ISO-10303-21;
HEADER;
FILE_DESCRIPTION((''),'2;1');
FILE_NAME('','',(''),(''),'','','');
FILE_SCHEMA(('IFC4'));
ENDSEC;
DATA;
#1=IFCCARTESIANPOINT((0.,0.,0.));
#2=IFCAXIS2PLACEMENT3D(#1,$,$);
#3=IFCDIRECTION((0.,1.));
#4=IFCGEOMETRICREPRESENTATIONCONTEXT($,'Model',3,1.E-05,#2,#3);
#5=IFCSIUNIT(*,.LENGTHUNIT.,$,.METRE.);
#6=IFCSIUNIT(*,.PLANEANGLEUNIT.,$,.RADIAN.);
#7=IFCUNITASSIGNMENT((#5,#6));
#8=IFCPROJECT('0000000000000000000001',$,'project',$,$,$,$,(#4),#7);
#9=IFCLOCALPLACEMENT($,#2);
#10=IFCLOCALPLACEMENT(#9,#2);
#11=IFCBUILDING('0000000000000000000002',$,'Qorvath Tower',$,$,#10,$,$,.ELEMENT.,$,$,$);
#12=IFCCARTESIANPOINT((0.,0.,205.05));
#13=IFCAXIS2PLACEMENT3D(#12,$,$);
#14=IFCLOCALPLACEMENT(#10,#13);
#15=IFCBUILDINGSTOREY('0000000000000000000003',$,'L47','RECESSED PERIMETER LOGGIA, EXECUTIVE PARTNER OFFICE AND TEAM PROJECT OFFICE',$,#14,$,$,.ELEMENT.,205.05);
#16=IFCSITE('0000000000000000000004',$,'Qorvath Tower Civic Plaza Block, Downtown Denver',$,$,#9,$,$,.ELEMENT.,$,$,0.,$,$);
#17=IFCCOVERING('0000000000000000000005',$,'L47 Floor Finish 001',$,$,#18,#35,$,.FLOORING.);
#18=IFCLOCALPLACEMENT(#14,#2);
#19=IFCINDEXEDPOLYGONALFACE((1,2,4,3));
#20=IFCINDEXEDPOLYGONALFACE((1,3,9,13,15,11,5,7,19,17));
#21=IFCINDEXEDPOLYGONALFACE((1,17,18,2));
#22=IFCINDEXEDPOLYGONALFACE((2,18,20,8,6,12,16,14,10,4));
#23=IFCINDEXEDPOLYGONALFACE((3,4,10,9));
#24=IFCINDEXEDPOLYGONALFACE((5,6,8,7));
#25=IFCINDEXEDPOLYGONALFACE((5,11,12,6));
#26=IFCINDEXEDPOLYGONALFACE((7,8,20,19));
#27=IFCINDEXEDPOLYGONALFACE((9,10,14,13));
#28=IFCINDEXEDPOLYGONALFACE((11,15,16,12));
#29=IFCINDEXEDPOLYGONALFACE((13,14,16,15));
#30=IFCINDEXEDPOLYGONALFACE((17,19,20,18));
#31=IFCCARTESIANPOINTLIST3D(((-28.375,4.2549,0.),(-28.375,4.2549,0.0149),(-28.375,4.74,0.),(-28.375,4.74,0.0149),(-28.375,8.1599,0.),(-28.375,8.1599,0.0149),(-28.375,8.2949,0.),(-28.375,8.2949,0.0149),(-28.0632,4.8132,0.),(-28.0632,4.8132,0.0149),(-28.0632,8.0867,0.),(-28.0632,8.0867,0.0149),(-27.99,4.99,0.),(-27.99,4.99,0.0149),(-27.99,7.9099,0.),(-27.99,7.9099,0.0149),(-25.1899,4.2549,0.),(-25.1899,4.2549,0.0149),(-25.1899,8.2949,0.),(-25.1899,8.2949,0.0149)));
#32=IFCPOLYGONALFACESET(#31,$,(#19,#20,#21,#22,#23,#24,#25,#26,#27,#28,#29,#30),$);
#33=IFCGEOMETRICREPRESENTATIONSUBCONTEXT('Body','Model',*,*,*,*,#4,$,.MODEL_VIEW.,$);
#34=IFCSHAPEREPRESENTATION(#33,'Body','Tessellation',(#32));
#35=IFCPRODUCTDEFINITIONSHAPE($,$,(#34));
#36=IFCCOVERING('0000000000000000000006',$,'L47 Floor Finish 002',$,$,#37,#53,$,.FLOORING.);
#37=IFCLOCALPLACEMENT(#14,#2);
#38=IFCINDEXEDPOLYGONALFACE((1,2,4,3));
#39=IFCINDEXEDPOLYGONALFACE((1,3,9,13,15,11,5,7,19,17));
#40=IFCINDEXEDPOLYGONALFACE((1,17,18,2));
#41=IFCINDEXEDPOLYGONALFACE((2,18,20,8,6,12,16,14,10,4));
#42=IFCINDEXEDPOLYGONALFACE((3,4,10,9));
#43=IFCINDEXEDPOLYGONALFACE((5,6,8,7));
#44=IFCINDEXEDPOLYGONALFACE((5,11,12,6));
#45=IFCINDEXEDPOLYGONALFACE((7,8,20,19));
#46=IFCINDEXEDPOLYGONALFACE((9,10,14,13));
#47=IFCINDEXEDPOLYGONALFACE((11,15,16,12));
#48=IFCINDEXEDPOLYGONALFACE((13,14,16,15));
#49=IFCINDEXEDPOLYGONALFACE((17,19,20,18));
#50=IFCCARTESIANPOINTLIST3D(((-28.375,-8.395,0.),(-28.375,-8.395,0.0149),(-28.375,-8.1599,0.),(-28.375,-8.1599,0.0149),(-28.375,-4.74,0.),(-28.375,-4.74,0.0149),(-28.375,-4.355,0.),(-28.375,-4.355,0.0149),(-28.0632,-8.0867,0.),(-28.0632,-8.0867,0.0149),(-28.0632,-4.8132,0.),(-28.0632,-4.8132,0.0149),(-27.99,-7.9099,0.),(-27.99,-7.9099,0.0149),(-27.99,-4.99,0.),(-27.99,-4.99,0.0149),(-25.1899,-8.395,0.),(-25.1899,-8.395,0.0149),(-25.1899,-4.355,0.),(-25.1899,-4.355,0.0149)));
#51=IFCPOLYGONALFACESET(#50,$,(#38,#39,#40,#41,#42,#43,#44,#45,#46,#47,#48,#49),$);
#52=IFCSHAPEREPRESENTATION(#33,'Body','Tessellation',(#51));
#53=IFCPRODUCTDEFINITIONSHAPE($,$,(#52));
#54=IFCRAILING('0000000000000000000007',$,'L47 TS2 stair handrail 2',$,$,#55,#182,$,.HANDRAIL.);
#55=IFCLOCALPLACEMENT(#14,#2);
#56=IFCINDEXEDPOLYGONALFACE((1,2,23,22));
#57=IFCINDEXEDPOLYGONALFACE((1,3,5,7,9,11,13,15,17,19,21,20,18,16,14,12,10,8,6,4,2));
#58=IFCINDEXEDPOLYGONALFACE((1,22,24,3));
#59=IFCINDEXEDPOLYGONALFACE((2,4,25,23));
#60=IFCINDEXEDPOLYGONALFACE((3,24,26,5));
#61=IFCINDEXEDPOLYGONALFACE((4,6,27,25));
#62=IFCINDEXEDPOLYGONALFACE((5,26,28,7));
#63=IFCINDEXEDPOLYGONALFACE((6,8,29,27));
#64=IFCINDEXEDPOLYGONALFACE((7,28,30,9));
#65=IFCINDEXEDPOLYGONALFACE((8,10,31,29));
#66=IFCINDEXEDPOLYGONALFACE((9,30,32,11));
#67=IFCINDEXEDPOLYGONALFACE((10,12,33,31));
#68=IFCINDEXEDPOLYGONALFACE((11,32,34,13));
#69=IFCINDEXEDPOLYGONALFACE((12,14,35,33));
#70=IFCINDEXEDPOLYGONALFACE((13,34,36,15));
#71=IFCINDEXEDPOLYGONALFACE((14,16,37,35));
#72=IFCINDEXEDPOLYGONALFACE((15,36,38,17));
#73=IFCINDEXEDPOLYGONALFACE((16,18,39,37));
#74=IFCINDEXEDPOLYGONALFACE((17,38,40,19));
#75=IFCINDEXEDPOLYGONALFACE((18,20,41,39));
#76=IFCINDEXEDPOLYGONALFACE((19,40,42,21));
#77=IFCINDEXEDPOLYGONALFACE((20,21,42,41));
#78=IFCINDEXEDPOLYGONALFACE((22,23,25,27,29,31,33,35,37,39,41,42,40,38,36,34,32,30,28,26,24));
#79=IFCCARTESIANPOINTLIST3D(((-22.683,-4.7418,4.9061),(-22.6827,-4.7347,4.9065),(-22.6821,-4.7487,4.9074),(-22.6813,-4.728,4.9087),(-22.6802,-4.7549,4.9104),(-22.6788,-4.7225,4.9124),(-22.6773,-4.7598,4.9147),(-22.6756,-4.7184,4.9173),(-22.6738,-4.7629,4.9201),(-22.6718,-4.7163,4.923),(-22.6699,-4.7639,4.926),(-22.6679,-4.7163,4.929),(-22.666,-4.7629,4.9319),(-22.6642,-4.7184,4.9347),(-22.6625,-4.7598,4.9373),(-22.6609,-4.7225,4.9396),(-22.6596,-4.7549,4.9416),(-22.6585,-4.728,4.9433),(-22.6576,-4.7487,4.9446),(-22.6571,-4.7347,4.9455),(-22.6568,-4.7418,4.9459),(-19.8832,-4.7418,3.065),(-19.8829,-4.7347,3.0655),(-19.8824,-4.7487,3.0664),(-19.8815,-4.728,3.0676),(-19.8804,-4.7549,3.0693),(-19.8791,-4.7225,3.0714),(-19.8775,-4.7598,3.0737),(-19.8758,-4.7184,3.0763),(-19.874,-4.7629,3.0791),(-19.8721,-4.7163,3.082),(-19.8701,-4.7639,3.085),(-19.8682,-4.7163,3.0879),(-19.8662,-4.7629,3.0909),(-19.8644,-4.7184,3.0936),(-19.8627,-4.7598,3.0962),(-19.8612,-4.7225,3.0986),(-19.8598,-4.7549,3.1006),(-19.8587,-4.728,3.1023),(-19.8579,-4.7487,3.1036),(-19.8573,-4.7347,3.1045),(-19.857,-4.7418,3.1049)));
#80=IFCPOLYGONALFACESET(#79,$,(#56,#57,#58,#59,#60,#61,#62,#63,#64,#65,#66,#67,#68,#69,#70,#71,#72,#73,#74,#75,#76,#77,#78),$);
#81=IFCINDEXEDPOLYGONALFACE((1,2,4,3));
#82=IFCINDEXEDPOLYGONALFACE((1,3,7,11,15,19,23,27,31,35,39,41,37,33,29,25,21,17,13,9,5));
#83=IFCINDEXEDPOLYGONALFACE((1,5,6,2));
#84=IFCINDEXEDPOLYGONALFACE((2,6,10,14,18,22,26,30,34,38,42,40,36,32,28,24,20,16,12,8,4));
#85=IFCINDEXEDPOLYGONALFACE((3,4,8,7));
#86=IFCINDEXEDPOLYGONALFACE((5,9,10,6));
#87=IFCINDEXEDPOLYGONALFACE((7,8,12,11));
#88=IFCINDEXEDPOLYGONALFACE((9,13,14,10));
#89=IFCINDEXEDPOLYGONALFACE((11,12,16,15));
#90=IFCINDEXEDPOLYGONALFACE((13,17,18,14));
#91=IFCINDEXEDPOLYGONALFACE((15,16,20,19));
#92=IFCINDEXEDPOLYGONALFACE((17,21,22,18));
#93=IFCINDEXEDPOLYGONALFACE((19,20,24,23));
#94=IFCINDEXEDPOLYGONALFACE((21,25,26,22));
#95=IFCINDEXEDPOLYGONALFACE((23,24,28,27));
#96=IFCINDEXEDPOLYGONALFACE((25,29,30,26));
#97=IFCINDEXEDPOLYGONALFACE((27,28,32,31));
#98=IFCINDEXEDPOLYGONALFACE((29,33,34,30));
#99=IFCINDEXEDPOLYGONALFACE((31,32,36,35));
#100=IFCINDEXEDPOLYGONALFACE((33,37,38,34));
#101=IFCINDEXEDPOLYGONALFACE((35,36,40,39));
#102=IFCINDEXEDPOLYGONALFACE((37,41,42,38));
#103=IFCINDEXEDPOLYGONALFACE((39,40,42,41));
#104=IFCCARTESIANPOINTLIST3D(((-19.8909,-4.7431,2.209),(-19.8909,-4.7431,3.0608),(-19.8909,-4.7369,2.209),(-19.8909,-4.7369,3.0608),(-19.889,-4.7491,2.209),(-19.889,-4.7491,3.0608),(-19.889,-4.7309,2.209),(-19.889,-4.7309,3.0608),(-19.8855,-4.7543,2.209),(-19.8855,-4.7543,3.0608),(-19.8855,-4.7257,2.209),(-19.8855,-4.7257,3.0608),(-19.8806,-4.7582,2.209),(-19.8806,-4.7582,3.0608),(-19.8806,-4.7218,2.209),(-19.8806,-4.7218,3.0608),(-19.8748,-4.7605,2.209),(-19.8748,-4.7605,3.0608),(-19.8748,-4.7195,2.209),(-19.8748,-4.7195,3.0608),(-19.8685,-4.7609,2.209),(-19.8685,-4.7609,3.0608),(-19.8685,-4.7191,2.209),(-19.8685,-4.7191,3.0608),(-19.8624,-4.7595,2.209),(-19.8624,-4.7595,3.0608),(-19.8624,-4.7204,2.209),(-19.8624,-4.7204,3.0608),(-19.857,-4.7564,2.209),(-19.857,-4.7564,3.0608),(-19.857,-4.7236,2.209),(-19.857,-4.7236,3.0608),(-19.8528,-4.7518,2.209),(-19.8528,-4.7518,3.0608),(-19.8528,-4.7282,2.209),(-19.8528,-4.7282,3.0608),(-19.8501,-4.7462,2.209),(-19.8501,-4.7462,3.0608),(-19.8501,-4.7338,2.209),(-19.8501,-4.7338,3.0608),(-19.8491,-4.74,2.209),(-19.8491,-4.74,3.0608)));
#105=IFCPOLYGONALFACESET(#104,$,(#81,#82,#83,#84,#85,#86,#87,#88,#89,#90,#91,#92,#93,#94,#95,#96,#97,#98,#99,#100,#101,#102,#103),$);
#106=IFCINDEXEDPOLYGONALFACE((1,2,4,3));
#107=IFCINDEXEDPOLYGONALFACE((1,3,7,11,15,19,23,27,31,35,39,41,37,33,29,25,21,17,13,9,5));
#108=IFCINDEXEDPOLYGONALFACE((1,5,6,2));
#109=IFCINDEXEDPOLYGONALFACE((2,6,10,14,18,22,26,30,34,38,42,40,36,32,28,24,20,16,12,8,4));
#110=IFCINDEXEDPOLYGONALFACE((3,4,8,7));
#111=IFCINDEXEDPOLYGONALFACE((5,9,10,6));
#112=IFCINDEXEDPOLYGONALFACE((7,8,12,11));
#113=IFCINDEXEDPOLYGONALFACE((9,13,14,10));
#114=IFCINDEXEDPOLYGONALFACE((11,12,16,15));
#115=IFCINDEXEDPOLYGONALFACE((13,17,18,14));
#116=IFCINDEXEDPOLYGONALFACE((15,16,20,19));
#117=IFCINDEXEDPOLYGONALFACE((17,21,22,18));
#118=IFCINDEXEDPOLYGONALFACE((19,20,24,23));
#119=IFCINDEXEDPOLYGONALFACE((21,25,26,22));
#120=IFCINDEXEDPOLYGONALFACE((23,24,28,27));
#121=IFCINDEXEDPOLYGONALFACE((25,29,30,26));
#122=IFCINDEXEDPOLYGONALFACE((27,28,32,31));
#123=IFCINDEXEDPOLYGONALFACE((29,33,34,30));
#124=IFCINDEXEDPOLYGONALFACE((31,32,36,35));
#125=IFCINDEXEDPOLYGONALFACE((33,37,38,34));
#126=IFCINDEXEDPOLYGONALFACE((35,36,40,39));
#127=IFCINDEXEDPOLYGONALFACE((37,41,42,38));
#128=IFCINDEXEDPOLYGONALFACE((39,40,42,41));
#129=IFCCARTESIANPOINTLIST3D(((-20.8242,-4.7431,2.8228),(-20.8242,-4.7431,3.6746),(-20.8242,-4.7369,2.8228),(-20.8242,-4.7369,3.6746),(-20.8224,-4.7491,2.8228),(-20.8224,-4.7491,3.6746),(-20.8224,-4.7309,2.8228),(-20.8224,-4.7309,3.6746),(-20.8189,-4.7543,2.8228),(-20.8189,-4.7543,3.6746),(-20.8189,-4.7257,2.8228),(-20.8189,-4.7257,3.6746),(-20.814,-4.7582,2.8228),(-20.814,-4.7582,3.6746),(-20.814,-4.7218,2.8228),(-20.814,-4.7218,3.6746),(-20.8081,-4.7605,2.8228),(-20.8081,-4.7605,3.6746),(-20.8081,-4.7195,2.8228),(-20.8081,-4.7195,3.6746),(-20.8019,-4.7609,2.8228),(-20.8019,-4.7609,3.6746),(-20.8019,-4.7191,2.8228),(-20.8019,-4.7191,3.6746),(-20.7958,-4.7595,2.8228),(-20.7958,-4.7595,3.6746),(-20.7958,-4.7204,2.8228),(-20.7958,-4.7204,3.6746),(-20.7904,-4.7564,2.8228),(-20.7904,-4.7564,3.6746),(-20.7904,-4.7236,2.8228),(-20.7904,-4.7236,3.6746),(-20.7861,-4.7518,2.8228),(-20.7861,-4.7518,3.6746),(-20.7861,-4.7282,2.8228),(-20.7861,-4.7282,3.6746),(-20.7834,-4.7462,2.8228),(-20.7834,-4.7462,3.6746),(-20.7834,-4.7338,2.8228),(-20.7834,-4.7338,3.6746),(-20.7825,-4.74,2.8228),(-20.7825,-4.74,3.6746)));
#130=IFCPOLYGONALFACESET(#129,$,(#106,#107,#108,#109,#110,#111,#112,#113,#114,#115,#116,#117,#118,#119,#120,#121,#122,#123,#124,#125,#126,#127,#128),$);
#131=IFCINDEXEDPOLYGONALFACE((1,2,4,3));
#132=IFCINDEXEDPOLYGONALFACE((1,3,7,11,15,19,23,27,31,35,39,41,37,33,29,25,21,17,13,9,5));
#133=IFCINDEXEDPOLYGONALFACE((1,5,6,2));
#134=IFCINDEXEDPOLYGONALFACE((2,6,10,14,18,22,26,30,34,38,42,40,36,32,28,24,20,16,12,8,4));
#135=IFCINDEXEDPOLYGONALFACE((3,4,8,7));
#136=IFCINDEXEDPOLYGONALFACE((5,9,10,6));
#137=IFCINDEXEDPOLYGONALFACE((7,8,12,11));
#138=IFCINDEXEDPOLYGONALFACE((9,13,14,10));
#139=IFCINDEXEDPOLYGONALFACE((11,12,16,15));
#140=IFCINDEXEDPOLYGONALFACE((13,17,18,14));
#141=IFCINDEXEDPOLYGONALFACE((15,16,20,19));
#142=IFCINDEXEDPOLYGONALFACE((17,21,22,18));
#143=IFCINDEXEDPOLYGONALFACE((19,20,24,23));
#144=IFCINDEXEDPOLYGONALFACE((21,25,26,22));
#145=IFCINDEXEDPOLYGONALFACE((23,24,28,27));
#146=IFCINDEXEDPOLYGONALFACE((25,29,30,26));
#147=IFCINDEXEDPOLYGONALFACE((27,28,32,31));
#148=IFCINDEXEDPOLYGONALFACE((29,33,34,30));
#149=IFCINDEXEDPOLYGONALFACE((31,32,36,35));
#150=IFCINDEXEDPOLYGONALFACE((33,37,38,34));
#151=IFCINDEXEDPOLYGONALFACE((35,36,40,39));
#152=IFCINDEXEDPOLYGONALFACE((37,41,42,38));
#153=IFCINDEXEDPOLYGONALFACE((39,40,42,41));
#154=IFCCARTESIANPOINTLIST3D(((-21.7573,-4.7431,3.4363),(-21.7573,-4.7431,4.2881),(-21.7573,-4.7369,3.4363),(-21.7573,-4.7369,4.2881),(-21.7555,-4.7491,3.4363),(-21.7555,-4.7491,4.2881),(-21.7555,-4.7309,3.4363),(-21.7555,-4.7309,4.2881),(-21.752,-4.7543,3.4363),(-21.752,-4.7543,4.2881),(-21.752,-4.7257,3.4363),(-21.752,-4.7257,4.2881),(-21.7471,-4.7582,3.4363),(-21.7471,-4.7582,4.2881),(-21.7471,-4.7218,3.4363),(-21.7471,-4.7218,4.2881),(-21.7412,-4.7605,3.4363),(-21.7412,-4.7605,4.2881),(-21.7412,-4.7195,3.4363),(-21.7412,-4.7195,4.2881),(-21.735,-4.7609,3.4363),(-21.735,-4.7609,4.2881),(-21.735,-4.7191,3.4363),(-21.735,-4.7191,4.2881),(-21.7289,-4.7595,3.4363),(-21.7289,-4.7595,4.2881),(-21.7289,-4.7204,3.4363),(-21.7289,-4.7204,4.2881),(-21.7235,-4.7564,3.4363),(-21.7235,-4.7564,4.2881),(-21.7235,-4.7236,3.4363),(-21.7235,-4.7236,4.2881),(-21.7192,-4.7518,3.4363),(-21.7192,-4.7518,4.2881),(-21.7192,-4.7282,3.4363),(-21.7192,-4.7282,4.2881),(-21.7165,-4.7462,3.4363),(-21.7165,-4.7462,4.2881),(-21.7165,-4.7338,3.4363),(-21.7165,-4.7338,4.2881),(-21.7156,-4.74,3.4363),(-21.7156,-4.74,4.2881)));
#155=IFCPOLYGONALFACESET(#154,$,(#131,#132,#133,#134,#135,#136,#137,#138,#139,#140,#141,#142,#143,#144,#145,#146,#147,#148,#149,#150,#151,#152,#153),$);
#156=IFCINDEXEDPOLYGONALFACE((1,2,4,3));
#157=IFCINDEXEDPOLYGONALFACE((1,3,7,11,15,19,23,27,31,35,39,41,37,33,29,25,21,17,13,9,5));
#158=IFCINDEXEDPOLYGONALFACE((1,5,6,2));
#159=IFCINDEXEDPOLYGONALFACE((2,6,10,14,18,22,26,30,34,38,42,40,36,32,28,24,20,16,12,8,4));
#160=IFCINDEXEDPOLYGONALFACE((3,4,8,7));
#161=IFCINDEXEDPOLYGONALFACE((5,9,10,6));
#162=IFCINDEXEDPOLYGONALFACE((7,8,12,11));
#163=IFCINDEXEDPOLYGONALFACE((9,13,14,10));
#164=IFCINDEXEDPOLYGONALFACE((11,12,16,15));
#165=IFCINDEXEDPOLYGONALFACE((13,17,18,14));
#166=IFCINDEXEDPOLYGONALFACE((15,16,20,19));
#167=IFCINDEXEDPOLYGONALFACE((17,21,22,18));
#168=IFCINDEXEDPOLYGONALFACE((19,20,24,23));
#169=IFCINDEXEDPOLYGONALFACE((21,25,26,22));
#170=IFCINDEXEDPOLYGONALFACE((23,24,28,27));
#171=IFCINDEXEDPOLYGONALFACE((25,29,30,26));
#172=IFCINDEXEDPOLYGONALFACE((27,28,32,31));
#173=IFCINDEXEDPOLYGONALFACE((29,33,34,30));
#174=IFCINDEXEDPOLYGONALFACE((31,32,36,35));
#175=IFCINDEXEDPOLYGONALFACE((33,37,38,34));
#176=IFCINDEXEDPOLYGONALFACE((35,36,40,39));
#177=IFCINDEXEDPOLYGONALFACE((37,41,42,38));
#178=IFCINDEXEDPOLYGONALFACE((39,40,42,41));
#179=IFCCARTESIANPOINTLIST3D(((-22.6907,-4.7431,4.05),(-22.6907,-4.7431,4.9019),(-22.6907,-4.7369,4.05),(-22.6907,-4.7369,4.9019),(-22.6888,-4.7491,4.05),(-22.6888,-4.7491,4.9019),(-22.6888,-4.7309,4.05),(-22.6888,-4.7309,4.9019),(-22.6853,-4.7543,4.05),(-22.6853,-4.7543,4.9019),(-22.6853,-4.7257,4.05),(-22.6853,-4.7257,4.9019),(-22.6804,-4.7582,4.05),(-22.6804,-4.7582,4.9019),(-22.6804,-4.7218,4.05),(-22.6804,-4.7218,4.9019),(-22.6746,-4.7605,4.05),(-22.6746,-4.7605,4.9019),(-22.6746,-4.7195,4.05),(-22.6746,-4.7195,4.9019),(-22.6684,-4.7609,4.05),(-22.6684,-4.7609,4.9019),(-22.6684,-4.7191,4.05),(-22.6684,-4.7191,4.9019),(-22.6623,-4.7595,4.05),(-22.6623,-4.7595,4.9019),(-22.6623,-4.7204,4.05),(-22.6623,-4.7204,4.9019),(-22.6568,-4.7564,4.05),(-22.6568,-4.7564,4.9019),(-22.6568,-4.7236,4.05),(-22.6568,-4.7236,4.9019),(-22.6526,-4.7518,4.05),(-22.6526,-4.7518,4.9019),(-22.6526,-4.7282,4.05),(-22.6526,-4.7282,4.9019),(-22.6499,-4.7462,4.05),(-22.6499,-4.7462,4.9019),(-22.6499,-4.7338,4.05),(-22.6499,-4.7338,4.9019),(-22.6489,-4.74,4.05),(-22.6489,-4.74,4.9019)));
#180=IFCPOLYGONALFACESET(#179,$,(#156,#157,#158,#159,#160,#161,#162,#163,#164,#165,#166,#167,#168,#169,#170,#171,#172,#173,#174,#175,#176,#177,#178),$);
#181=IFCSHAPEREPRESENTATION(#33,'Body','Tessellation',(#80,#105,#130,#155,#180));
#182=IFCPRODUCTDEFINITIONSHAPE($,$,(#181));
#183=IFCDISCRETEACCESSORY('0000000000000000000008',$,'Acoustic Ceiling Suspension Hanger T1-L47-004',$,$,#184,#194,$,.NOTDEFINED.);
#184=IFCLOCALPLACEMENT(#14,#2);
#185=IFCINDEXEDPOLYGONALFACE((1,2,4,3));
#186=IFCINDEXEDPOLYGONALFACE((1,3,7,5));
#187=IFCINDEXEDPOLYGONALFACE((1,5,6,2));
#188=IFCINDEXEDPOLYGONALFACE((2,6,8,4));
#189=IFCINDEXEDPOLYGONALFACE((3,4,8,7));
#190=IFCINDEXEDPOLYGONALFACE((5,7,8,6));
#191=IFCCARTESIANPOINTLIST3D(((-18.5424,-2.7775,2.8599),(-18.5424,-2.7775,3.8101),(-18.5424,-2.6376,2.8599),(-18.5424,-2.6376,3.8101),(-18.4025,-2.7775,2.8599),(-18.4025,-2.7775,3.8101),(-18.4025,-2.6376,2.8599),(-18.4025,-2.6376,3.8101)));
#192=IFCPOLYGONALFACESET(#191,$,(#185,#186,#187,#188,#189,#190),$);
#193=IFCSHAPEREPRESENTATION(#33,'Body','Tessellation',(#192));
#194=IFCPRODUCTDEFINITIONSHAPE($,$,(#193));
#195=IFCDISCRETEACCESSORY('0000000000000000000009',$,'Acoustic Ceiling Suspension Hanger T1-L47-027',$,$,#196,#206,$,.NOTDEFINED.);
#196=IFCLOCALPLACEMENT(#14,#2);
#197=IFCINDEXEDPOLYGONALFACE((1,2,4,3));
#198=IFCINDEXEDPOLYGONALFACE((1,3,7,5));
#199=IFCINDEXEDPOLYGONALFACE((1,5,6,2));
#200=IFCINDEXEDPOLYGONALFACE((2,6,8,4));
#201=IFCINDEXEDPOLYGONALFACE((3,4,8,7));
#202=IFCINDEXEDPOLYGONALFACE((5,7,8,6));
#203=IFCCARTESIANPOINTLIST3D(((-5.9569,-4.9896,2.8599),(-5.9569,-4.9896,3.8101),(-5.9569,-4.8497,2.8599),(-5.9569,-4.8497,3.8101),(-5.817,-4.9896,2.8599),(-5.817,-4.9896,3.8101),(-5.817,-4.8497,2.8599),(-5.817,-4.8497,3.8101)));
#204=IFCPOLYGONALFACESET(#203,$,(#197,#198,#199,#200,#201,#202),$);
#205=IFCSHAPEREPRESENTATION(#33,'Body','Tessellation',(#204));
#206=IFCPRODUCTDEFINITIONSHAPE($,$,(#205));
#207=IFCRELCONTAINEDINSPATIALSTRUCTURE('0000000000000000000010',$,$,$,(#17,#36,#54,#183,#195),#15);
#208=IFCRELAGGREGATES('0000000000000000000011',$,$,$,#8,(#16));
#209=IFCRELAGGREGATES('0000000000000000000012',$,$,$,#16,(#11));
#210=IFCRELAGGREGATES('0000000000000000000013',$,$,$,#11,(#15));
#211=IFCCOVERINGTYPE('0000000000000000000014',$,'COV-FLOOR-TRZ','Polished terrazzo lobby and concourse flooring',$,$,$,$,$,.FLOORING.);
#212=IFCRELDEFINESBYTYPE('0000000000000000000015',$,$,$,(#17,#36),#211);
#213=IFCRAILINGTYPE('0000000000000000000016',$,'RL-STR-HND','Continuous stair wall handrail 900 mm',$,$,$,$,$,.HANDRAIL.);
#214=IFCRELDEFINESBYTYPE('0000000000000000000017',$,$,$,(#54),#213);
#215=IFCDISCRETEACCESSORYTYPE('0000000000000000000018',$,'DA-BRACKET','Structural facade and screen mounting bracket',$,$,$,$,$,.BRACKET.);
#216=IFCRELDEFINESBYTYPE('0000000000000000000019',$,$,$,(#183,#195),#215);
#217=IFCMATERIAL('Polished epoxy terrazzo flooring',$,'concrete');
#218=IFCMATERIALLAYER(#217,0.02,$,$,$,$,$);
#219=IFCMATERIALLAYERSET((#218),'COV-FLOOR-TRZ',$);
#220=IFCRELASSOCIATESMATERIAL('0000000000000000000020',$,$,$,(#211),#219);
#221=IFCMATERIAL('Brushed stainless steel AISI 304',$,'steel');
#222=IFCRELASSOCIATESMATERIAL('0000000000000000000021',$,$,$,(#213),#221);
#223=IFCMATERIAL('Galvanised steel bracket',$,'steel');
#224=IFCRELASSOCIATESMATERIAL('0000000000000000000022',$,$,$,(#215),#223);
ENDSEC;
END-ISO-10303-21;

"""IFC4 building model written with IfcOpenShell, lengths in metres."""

from ifc_helpers import new_model, si_unit, direction, frame, origin, origin_2d, place, context, subcontext, project, spatial, polyline, rectangle, circle, outline, extrude, material, layer, layer_set, type_object, element, save


model = new_model("IFC4")

# Units and contexts
model_context = context("Model", 3, precision=1e-05, world=origin(), true_north=direction((0.0, 1.0)))
body_context = subcontext(model_context, "Body", "Model", "MODEL_VIEW")
ifc_project = project(units=[si_unit("LENGTHUNIT", "METRE"), si_unit("PLANEANGLEUNIT", "RADIAN")], contexts=[model_context])

# Site, building, storey
site_placement = place(None, origin())
site = spatial("IfcSite", under=ifc_project, at=site_placement, Name="Qorvath Tower Civic Plaza Block, Downtown Denver", CompositionType="ELEMENT", RefElevation=0.0)
building_placement = place(site_placement, origin())
building = spatial("IfcBuilding", under=site, at=building_placement, Name="Qorvath Tower", CompositionType="ELEMENT")
storey_placement = place(building_placement, frame((0.0, 0.0, 205.05)))
storey = spatial("IfcBuildingStorey", under=building, at=storey_placement, Name="L47", Description="RECESSED PERIMETER LOGGIA, EXECUTIVE PARTNER OFFICE AND TEAM PROJECT OFFICE", CompositionType="ELEMENT", Elevation=205.05)

# Coverings
ifc_material_1 = material(Name="Polished epoxy terrazzo flooring", Category="concrete")
ifc_layer_1 = layer(ifc_material_1, 0.02)
ifc_layer_set_1 = layer_set([ifc_layer_1], Name="COV-FLOOR-TRZ")
covering_type_1 = type_object("IfcCoveringType", Name="COV-FLOOR-TRZ", Description="Polished terrazzo lobby and concourse flooring", PredefinedType="FLOORING", material=ifc_layer_set_1)
covering_1_placement = place(storey_placement, origin())
element("IfcCovering", 1, at=covering_1_placement, inside=storey, type_object=covering_type_1, Name="L47 Floor Finish 001", PredefinedType="FLOORING", context=body_context, shape_type="SweptSolid", body=[
    extrude(outline(polyline([(-25.1899, 4.2549), (-25.1899, 8.2949), (-28.375, 8.2949), (-28.375, 8.1599), (-28.0632, 8.0867), (-27.99, 7.9099), (-27.99, 4.99), (-28.0632, 4.8132), (-28.375, 4.74), (-28.375, 4.2549), (-25.1899, 4.2549)])), origin(), (0.0, 0.0, 1.0), 0.0149),
])
covering_2_placement = place(storey_placement, origin())
element("IfcCovering", 2, at=covering_2_placement, inside=storey, type_object=covering_type_1, Name="L47 Floor Finish 002", PredefinedType="FLOORING", context=body_context, shape_type="SweptSolid", body=[
    extrude(outline(polyline([(-25.1899, -8.395), (-25.1899, -4.355), (-28.375, -4.355), (-28.375, -4.74), (-28.0632, -4.8132), (-27.99, -4.99), (-27.99, -7.9099), (-28.0632, -8.0867), (-28.375, -8.1599), (-28.375, -8.395), (-25.1899, -8.395)])), origin(), (0.0, 0.0, 1.0), 0.0149),
])

# Railing
ifc_material_2 = material(Name="Brushed stainless steel AISI 304", Category="steel")
railing_type = type_object("IfcRailingType", Name="RL-STR-HND", Description="Continuous stair wall handrail 900 mm", PredefinedType="HANDRAIL", material=ifc_material_2)
railing_placement = place(storey_placement, frame((-19.8701, -4.74, 2.209)))
element("IfcRailing", 3, at=railing_placement, inside=storey, type_object=railing_type, Name="L47 TS2 stair handrail 2", PredefinedType="HANDRAIL", context=body_context, shape_type="SweptSolid", body=[
    extrude(circle(Radius=0.0239, at=origin_2d()), frame((0.0, 0.0, 0.876), z_axis=(-0.835542, 0.0, 0.549426), x_axis=(0.0, -1.0, 0.0)), (0.0, 0.0, 1.0), 3.3508),
    extrude(circle(Radius=0.021, at=origin_2d()), origin(), (0.0, 0.0, 1.0), 0.8518),
    extrude(circle(Radius=0.021, at=origin_2d()), frame((-0.9333, 0.0, 0.6138)), (0.0, 0.0, 1.0), 0.8518),
    extrude(circle(Radius=0.021, at=origin_2d()), frame((-1.8665, 0.0, 1.2273)), (0.0, 0.0, 1.0), 0.8518),
    extrude(circle(Radius=0.021, at=origin_2d()), frame((-2.7998, 0.0, 1.8411)), (0.0, 0.0, 1.0), 0.8518),
])

# Discrete accessories
ifc_material_3 = material(Name="Galvanised steel bracket", Category="steel")
discrete_accessory_type = type_object("IfcDiscreteAccessoryType", Name="DA-BRACKET", Description="Structural facade and screen mounting bracket", PredefinedType="BRACKET", material=ifc_material_3)
for number, where, z_axis, x_axis, name in (
    (4, (-18.4724, -2.7075, 2.8599), (0.0, 0.0, 1.0), (1.0, 0.0, 0.0), "Acoustic Ceiling Suspension Hanger T1-L47-004"),
    (5, (-5.887, -4.9197, 2.8599), (0.0, 0.0, 1.0), (1.0, 0.0, 0.0), "Acoustic Ceiling Suspension Hanger T1-L47-027"),
):
    element("IfcDiscreteAccessory", number, at=place(storey_placement, frame(where, z_axis=z_axis, x_axis=x_axis)), inside=storey, type_object=discrete_accessory_type, Name=name, PredefinedType="NOTDEFINED", context=body_context, shape_type="SweptSolid", body=[
        extrude(rectangle(XDim=0.1399, YDim=0.1399, at=origin_2d()), origin(), (0.0, 0.0, 1.0), 0.9502),
    ])

save(model, "model.ifc")
